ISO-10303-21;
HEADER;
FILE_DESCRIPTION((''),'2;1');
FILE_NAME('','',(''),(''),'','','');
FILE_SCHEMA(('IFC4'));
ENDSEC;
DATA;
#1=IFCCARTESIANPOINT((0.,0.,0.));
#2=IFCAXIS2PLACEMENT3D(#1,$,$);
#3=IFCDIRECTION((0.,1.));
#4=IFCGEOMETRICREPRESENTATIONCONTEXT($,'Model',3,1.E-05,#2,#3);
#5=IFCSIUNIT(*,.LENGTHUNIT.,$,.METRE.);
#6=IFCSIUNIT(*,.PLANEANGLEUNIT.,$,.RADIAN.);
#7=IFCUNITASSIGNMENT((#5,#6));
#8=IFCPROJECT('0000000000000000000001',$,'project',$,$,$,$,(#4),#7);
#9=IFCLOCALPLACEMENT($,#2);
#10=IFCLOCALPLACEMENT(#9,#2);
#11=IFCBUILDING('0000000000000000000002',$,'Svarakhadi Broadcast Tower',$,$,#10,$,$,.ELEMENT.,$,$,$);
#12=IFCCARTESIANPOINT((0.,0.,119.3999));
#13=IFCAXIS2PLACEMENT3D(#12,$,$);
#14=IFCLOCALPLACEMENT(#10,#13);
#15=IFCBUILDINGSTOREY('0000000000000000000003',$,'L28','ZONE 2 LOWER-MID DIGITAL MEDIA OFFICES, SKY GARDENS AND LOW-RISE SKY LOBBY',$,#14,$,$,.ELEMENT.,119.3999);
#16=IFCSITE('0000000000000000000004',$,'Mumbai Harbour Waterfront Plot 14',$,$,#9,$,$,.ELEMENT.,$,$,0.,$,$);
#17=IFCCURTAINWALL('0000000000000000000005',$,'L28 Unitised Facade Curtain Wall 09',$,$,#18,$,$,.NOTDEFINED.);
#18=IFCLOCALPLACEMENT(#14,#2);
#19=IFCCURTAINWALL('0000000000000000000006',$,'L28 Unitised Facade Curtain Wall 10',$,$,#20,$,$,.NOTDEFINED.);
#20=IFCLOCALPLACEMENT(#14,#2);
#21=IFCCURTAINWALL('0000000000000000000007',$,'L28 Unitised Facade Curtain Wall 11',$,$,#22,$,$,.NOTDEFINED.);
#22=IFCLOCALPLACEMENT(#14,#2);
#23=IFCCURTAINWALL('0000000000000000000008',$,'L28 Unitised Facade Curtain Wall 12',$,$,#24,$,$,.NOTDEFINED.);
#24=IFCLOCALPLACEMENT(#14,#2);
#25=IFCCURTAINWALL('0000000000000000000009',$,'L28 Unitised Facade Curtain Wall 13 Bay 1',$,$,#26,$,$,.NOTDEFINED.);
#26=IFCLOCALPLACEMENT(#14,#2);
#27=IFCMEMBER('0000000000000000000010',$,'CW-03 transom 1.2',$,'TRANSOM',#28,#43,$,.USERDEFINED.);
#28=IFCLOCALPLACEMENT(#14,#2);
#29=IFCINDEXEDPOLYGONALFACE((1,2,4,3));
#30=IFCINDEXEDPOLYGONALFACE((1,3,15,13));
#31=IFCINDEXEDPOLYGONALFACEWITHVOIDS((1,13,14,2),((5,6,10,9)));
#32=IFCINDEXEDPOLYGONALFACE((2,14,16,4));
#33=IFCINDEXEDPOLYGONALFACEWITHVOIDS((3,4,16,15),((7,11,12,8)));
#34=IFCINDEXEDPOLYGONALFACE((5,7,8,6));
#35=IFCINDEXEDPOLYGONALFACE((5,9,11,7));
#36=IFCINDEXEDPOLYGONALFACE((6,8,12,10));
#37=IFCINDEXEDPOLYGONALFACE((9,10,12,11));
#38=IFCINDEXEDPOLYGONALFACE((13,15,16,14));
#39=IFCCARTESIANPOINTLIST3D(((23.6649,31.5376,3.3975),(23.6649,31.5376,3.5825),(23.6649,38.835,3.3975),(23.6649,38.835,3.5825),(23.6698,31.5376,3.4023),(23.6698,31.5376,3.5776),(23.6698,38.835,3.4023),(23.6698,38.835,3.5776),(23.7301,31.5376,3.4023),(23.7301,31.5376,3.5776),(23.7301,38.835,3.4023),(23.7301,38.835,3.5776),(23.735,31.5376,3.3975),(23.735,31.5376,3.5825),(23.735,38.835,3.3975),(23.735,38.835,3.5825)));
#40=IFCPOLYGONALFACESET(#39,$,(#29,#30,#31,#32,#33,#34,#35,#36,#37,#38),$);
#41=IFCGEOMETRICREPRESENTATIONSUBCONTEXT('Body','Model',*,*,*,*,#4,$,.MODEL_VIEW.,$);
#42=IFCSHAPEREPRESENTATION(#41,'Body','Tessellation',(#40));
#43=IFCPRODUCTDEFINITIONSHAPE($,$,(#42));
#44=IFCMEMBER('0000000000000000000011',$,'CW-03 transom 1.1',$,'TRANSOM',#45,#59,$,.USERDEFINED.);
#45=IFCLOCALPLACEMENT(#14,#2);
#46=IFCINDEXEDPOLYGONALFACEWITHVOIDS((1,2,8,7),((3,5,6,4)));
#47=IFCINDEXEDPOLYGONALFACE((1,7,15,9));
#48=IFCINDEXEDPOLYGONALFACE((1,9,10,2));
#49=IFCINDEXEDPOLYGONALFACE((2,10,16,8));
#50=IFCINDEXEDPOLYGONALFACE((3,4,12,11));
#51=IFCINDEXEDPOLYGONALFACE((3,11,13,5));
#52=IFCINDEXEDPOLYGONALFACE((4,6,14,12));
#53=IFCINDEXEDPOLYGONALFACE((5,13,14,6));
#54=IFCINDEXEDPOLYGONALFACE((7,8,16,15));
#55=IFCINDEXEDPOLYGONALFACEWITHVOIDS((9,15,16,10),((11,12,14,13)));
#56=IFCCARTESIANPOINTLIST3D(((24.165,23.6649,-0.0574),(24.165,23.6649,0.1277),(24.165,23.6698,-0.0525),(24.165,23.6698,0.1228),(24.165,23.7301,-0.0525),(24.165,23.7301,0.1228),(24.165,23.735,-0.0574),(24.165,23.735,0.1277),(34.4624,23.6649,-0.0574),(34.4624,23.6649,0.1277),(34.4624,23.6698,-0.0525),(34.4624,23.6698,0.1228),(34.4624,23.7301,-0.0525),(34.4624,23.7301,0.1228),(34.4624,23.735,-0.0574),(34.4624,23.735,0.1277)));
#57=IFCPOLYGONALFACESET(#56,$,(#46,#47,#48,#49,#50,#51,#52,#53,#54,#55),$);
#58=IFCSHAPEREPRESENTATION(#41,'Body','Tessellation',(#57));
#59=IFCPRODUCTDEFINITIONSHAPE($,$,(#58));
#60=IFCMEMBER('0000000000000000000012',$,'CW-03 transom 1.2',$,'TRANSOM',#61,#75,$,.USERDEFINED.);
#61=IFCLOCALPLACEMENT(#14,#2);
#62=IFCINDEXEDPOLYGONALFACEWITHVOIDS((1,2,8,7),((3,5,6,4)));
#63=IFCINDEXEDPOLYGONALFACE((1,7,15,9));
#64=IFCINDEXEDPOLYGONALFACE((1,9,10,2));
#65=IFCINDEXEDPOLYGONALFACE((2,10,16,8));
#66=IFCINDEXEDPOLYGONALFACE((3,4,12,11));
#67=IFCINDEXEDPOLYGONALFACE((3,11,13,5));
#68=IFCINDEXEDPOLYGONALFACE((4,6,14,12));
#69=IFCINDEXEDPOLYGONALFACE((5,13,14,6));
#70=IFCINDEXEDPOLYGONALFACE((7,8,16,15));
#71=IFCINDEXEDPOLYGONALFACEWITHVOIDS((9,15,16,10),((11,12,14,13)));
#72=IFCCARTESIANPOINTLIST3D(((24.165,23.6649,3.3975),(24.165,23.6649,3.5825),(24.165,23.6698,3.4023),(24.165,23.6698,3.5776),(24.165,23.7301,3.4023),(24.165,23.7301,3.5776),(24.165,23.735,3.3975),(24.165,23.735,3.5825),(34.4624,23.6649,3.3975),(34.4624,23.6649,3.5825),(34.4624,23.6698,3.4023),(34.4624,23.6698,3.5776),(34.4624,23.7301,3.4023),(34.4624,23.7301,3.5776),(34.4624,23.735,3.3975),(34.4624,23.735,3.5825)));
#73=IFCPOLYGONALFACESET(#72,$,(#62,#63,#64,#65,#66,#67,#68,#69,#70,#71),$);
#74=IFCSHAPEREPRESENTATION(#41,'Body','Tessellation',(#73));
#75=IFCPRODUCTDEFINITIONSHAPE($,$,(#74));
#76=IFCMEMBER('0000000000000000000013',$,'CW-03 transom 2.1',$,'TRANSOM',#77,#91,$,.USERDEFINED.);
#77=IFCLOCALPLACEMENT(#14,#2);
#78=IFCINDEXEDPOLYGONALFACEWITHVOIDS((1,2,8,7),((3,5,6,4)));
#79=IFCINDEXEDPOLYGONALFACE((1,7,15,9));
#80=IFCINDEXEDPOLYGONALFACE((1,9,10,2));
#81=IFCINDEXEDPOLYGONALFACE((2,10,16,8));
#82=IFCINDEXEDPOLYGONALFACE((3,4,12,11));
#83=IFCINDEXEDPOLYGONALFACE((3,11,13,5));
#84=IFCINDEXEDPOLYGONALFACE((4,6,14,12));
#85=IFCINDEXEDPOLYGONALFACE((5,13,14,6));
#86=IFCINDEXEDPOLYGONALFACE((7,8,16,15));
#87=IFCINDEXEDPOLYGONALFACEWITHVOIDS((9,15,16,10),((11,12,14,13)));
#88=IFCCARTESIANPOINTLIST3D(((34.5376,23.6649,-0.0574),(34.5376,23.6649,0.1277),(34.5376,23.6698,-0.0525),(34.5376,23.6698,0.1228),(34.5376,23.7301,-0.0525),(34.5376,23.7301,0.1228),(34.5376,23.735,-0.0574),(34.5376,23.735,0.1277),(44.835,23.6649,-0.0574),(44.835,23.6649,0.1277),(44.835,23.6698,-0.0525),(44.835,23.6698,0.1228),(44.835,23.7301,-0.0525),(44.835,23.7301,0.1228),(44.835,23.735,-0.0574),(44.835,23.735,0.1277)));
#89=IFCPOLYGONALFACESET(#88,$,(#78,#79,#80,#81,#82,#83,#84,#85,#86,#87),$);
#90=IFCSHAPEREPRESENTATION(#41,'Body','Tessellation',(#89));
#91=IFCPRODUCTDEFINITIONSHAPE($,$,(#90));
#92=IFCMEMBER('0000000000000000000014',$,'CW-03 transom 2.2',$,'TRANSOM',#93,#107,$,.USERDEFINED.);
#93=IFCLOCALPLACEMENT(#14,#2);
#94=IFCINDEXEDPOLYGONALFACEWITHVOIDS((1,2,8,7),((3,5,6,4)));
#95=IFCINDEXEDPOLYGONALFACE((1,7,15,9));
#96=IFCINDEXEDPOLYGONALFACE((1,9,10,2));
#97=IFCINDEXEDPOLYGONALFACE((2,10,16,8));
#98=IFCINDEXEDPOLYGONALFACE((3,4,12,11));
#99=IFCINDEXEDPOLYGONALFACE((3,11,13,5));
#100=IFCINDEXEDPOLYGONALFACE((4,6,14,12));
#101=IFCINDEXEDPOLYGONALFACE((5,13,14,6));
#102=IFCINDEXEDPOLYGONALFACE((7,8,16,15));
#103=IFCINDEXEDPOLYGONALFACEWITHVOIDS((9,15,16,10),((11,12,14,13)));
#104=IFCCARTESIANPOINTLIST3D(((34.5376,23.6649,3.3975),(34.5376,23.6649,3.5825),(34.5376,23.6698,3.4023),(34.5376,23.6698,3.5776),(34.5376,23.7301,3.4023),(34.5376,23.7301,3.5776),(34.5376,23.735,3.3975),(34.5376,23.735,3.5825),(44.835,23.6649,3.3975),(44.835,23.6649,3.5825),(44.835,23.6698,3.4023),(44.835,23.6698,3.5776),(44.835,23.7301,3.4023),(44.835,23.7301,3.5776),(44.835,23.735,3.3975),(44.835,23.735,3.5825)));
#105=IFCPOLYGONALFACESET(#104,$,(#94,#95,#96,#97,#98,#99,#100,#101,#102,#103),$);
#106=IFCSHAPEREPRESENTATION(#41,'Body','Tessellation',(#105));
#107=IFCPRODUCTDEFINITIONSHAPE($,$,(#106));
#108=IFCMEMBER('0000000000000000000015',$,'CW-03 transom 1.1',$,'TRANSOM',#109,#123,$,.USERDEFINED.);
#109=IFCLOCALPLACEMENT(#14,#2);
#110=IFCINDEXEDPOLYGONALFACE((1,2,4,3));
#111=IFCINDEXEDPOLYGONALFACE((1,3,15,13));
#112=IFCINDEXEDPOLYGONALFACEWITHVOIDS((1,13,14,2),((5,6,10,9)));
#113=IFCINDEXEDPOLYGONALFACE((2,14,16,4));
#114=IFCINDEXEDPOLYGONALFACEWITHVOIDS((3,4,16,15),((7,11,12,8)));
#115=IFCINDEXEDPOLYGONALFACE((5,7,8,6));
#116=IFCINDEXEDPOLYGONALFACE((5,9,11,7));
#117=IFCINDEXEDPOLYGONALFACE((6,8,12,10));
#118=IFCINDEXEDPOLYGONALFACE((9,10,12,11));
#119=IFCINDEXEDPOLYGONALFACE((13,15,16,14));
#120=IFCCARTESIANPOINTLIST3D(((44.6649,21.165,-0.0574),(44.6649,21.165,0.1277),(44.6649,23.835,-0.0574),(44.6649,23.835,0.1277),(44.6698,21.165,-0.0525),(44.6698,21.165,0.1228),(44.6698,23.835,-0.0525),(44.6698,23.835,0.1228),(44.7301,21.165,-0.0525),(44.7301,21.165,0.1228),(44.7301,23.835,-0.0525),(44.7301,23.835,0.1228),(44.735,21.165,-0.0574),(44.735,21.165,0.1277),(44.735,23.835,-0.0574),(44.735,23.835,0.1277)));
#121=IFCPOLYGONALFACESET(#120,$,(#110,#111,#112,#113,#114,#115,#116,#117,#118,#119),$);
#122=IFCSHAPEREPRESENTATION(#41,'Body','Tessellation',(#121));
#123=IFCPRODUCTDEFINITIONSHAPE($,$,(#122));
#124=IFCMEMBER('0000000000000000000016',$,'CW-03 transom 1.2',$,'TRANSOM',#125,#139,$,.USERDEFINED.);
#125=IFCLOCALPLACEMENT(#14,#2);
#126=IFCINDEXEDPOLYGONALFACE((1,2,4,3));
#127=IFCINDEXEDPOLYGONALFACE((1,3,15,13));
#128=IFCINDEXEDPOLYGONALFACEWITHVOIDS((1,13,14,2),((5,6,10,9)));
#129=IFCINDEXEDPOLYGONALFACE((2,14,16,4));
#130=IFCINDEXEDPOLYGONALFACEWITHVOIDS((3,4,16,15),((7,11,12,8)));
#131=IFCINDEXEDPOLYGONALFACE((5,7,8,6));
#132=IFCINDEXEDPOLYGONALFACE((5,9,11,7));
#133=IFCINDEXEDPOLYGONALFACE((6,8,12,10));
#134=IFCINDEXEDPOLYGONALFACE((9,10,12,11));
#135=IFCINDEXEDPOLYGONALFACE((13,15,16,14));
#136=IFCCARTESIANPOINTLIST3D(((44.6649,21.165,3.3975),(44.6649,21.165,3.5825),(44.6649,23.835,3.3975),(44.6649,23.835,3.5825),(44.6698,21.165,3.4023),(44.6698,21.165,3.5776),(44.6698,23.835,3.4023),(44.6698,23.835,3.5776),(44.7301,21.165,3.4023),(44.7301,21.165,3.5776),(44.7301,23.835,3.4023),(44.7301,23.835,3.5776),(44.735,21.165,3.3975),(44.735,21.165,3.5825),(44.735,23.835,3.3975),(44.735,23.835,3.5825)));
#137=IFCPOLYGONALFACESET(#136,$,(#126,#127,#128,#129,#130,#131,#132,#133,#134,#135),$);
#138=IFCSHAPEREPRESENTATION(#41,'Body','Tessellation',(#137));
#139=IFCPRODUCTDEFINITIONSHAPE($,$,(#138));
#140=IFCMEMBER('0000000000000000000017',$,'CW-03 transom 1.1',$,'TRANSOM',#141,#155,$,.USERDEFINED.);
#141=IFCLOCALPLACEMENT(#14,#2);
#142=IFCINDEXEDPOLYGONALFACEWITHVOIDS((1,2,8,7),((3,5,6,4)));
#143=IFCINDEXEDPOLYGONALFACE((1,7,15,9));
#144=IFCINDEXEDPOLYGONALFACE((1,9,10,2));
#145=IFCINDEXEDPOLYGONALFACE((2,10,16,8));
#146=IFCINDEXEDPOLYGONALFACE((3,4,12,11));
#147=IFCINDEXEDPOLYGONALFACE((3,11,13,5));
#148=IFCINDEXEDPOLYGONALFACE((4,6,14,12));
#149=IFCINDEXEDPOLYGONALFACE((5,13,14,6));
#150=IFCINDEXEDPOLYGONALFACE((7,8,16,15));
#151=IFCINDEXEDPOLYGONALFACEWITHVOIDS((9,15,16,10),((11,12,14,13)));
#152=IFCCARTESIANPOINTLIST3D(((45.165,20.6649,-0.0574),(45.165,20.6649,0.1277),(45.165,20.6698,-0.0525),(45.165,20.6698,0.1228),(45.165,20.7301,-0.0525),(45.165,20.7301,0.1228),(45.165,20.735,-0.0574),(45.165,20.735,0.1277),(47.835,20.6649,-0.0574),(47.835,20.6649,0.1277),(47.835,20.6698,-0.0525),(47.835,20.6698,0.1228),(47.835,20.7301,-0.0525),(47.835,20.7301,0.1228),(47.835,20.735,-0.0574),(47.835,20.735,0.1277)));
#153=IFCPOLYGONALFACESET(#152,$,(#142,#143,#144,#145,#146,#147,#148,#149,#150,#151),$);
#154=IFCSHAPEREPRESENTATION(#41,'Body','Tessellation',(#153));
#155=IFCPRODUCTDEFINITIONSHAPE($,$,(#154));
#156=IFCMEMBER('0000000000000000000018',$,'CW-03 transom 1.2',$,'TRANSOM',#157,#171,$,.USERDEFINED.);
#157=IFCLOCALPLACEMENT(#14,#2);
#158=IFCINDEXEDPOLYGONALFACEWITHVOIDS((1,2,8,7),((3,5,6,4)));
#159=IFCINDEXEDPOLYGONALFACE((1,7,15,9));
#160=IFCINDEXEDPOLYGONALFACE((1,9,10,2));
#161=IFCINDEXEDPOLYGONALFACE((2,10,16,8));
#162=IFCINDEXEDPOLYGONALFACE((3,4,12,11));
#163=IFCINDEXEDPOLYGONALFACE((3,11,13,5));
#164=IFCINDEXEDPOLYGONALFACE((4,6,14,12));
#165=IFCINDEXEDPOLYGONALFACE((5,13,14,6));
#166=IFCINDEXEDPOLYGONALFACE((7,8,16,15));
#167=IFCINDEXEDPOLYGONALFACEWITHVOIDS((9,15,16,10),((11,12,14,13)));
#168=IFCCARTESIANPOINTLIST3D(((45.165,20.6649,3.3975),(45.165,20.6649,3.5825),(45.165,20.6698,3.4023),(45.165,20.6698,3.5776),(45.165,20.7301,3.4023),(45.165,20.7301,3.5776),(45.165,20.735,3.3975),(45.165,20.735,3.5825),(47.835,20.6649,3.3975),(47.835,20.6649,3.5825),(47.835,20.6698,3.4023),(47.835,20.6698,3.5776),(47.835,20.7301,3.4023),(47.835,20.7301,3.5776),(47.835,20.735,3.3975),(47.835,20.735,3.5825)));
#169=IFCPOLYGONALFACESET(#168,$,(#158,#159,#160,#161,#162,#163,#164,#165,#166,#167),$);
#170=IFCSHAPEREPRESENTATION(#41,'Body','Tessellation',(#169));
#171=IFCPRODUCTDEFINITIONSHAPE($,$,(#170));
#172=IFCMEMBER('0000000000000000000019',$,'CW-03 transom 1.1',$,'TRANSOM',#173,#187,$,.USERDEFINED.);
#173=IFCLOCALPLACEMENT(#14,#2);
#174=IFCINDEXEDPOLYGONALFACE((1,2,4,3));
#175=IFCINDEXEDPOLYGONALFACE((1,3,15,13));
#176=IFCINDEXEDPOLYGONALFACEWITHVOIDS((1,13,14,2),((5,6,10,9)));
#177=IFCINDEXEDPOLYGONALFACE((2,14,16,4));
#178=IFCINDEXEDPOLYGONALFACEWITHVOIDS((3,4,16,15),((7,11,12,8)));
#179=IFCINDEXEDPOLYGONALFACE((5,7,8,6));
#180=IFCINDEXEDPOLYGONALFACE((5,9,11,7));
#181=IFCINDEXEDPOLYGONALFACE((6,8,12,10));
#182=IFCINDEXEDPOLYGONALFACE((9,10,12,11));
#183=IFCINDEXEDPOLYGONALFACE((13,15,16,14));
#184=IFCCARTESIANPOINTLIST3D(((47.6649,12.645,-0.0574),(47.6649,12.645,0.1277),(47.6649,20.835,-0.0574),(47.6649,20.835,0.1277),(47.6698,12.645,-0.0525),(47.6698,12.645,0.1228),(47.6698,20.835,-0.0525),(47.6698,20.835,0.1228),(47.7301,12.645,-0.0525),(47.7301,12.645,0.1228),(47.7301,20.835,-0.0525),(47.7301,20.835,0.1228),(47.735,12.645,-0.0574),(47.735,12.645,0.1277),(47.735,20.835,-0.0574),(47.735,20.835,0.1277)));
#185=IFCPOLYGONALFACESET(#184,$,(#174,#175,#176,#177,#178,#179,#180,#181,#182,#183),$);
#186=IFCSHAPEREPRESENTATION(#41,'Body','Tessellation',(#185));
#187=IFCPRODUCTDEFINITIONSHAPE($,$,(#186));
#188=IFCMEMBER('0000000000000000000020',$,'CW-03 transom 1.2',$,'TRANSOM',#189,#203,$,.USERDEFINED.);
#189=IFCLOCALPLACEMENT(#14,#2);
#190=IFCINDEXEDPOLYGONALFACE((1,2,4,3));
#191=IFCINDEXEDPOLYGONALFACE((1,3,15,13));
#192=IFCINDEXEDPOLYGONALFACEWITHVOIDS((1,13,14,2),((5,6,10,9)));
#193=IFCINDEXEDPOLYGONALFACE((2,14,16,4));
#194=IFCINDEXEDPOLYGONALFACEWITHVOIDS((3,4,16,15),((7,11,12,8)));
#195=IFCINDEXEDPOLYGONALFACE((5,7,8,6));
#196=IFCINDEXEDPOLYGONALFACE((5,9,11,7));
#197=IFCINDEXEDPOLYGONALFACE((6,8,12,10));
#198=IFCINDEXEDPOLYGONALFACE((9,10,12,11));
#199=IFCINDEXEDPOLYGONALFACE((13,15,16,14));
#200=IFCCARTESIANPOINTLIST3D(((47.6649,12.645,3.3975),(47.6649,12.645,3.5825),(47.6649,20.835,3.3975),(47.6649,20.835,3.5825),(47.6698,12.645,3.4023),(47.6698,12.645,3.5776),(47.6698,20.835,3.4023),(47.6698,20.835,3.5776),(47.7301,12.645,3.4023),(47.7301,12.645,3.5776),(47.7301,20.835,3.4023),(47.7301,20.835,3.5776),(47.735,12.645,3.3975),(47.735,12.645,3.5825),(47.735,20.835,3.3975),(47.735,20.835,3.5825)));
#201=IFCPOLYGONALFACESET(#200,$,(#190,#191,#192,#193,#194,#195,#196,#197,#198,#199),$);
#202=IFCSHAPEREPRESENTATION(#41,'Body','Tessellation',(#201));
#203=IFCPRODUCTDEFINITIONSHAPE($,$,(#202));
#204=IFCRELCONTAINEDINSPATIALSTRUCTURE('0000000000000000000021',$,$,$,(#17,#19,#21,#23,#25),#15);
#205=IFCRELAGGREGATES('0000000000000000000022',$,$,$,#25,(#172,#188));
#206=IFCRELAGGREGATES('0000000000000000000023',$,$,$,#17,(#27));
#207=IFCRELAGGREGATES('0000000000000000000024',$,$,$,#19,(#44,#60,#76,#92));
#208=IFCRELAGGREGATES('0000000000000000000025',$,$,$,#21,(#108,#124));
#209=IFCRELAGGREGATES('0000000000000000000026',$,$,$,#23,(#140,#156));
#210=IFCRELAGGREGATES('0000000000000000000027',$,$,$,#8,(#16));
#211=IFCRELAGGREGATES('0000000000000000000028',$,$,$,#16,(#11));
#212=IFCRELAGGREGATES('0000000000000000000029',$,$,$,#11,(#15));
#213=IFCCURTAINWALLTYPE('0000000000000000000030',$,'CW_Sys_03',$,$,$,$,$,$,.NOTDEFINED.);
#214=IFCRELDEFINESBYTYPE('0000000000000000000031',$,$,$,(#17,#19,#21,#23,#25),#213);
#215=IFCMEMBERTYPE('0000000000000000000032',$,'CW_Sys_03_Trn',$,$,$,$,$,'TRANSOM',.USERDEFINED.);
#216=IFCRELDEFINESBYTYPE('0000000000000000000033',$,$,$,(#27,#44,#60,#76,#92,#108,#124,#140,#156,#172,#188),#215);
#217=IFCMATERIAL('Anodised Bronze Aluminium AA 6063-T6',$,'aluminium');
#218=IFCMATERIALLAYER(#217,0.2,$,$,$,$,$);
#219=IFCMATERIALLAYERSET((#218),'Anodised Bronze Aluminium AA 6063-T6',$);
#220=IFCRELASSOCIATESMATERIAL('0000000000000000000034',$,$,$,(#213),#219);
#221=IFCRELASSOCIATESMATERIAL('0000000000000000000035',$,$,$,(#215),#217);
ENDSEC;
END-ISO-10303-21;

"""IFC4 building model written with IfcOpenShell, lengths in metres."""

from ifc_helpers import new_model, si_unit, direction, frame, origin, origin_2d, place, context, subcontext, project, spatial, hollow_rectangle, extrude, material, layer, layer_set, material_profile, profile_set, type_object, element, aggregate, save


model = new_model("IFC4")

# Units and contexts
model_context = context("Model", 3, precision=1e-05, world=origin(), true_north=direction((0.0, 1.0)))
body_context = subcontext(model_context, "Body", "Model", "MODEL_VIEW")
ifc_project = project(units=[si_unit("LENGTHUNIT", "METRE"), si_unit("PLANEANGLEUNIT", "RADIAN")], contexts=[model_context])

# Site, building, storey
site_placement = place(None, origin())
site = spatial("IfcSite", under=ifc_project, at=site_placement, Name="Mumbai Harbour Waterfront Plot 14", CompositionType="ELEMENT", RefElevation=0.0)
building_placement = place(site_placement, origin())
building = spatial("IfcBuilding", under=site, at=building_placement, Name="Svarakhadi Broadcast Tower", CompositionType="ELEMENT")
storey_placement = place(building_placement, frame((0.0, 0.0, 119.3999)))
storey = spatial("IfcBuildingStorey", under=building, at=storey_placement, Name="L28", Description="ZONE 2 LOWER-MID DIGITAL MEDIA OFFICES, SKY GARDENS AND LOW-RISE SKY LOBBY", CompositionType="ELEMENT", Elevation=119.3999)

# Curtain wall
ifc_material_1 = material(Name="Anodised Bronze Aluminium AA 6063-T6", Category="aluminium")
ifc_layer_1 = layer(ifc_material_1, 0.2)
ifc_layer_set_1 = layer_set([ifc_layer_1], Name="Anodised Bronze Aluminium AA 6063-T6")
curtain_wall_type = type_object("IfcCurtainWallType", Name="CW_Sys_03", PredefinedType="NOTDEFINED", material=ifc_layer_set_1)
curtain_wall_1_placement = place(storey_placement, origin())
curtain_wall_1 = element("IfcCurtainWall", 1, at=curtain_wall_1_placement, inside=storey, type_object=curtain_wall_type, Name="L28 Unitised Facade Curtain Wall 09", PredefinedType="NOTDEFINED")

# Curtain walls
curtain_wall_2_placement = place(storey_placement, origin())
curtain_wall_2 = element("IfcCurtainWall", 2, at=curtain_wall_2_placement, inside=storey, type_object=curtain_wall_type, Name="L28 Unitised Facade Curtain Wall 10", PredefinedType="NOTDEFINED")
curtain_wall_3_placement = place(storey_placement, origin())
curtain_wall_3 = element("IfcCurtainWall", 3, at=curtain_wall_3_placement, inside=storey, type_object=curtain_wall_type, Name="L28 Unitised Facade Curtain Wall 11", PredefinedType="NOTDEFINED")
curtain_wall_4_placement = place(storey_placement, origin())
curtain_wall_4 = element("IfcCurtainWall", 4, at=curtain_wall_4_placement, inside=storey, type_object=curtain_wall_type, Name="L28 Unitised Facade Curtain Wall 12", PredefinedType="NOTDEFINED")

# Curtain wall
curtain_wall_5_placement = place(storey_placement, origin())
curtain_wall_5 = element("IfcCurtainWall", 5, at=curtain_wall_5_placement, inside=storey, type_object=curtain_wall_type, Name="L28 Unitised Facade Curtain Wall 13 Bay 1", PredefinedType="NOTDEFINED")

# Members
ifc_material_profile_1 = material_profile(ifc_material_1, hollow_rectangle(XDim=0.0701, YDim=0.1851, WallThickness=0.0049, at=origin_2d()), Name="ALU TRANSOM 185x70x5")
ifc_profile_set_1 = profile_set([ifc_material_profile_1], Name="Anodised Bronze Aluminium AA 6063-T6")
member_type_1 = type_object("IfcMemberType", Name="CW_Sys_03_Trn", ElementType="TRANSOM", PredefinedType="USERDEFINED", material=ifc_profile_set_1)
member_1_placement = place(storey_placement, frame((23.7, 38.835, 3.49), z_axis=(0.0, -1.0, 0.0), x_axis=(1.0, 0.0, 0.0)))
member_1 = element("IfcMember", 6, at=member_1_placement, type_object=member_type_1, Name="CW-03 transom 1.2", ObjectType="TRANSOM", PredefinedType="USERDEFINED", context=body_context, shape_type="SweptSolid", body=[
    extrude(hollow_rectangle(XDim=0.0701, YDim=0.1851, WallThickness=0.0049, at=origin_2d()), origin(), (0.0, 0.0, 1.0), 7.2974),
])
member_2_placement = place(storey_placement, frame((24.165, 23.7, 0.0352), z_axis=(1.0, 0.0, 0.0), x_axis=(0.0, 1.0, 0.0)))
member_2 = element("IfcMember", 7, at=member_2_placement, type_object=member_type_1, Name="CW-03 transom 1.1", ObjectType="TRANSOM", PredefinedType="USERDEFINED", context=body_context, shape_type="SweptSolid", body=[
    extrude(hollow_rectangle(XDim=0.0701, YDim=0.1851, WallThickness=0.0049, at=origin_2d()), origin(), (0.0, 0.0, 1.0), 10.2974),
])
member_3_placement = place(storey_placement, frame((24.165, 23.7, 3.49), z_axis=(1.0, 0.0, 0.0), x_axis=(0.0, 1.0, 0.0)))
member_3 = element("IfcMember", 8, at=member_3_placement, type_object=member_type_1, Name="CW-03 transom 1.2", ObjectType="TRANSOM", PredefinedType="USERDEFINED", context=body_context, shape_type="SweptSolid", body=[
    extrude(hollow_rectangle(XDim=0.0701, YDim=0.1851, WallThickness=0.0049, at=origin_2d()), origin(), (0.0, 0.0, 1.0), 10.2974),
])
member_4_placement = place(storey_placement, frame((34.5376, 23.7, 0.0352), z_axis=(1.0, 0.0, 0.0), x_axis=(0.0, 1.0, 0.0)))
member_4 = element("IfcMember", 9, at=member_4_placement, type_object=member_type_1, Name="CW-03 transom 2.1", ObjectType="TRANSOM", PredefinedType="USERDEFINED", context=body_context, shape_type="SweptSolid", body=[
    extrude(hollow_rectangle(XDim=0.0701, YDim=0.1851, WallThickness=0.0049, at=origin_2d()), origin(), (0.0, 0.0, 1.0), 10.2974),
])
member_5_placement = place(storey_placement, frame((34.5376, 23.7, 3.49), z_axis=(1.0, 0.0, 0.0), x_axis=(0.0, 1.0, 0.0)))
member_5 = element("IfcMember", 10, at=member_5_placement, type_object=member_type_1, Name="CW-03 transom 2.2", ObjectType="TRANSOM", PredefinedType="USERDEFINED", context=body_context, shape_type="SweptSolid", body=[
    extrude(hollow_rectangle(XDim=0.0701, YDim=0.1851, WallThickness=0.0049, at=origin_2d()), origin(), (0.0, 0.0, 1.0), 10.2974),
])
member_6_placement = place(storey_placement, frame((44.7, 23.835, 0.0352), z_axis=(0.0, -1.0, 0.0), x_axis=(1.0, 0.0, 0.0)))
member_6 = element("IfcMember", 11, at=member_6_placement, type_object=member_type_1, Name="CW-03 transom 1.1", ObjectType="TRANSOM", PredefinedType="USERDEFINED", context=body_context, shape_type="SweptSolid", body=[
    extrude(hollow_rectangle(XDim=0.0701, YDim=0.1851, WallThickness=0.0049, at=origin_2d()), origin(), (0.0, 0.0, 1.0), 2.6699),
])
member_7_placement = place(storey_placement, frame((44.7, 23.835, 3.49), z_axis=(0.0, -1.0, 0.0), x_axis=(1.0, 0.0, 0.0)))
member_7 = element("IfcMember", 12, at=member_7_placement, type_object=member_type_1, Name="CW-03 transom 1.2", ObjectType="TRANSOM", PredefinedType="USERDEFINED", context=body_context, shape_type="SweptSolid", body=[
    extrude(hollow_rectangle(XDim=0.0701, YDim=0.1851, WallThickness=0.0049, at=origin_2d()), origin(), (0.0, 0.0, 1.0), 2.6699),
])
member_8_placement = place(storey_placement, frame((45.165, 20.7, 0.0352), z_axis=(1.0, 0.0, 0.0), x_axis=(0.0, 1.0, 0.0)))
member_8 = element("IfcMember", 13, at=member_8_placement, type_object=member_type_1, Name="CW-03 transom 1.1", ObjectType="TRANSOM", PredefinedType="USERDEFINED", context=body_context, shape_type="SweptSolid", body=[
    extrude(hollow_rectangle(XDim=0.0701, YDim=0.1851, WallThickness=0.0049, at=origin_2d()), origin(), (0.0, 0.0, 1.0), 2.6699),
])
member_9_placement = place(storey_placement, frame((45.165, 20.7, 3.49), z_axis=(1.0, 0.0, 0.0), x_axis=(0.0, 1.0, 0.0)))
member_9 = element("IfcMember", 14, at=member_9_placement, type_object=member_type_1, Name="CW-03 transom 1.2", ObjectType="TRANSOM", PredefinedType="USERDEFINED", context=body_context, shape_type="SweptSolid", body=[
    extrude(hollow_rectangle(XDim=0.0701, YDim=0.1851, WallThickness=0.0049, at=origin_2d()), origin(), (0.0, 0.0, 1.0), 2.6699),
])
member_10_placement = place(storey_placement, frame((47.7, 20.835, 0.0352), z_axis=(0.0, -1.0, 0.0), x_axis=(1.0, 0.0, 0.0)))
member_10 = element("IfcMember", 15, at=member_10_placement, type_object=member_type_1, Name="CW-03 transom 1.1", ObjectType="TRANSOM", PredefinedType="USERDEFINED", context=body_context, shape_type="SweptSolid", body=[
    extrude(hollow_rectangle(XDim=0.0701, YDim=0.1851, WallThickness=0.0049, at=origin_2d()), origin(), (0.0, 0.0, 1.0), 8.1899),
])
member_11_placement = place(storey_placement, frame((47.7, 20.835, 3.49), z_axis=(0.0, -1.0, 0.0), x_axis=(1.0, 0.0, 0.0)))
member_11 = element("IfcMember", 16, at=member_11_placement, type_object=member_type_1, Name="CW-03 transom 1.2", ObjectType="TRANSOM", PredefinedType="USERDEFINED", context=body_context, shape_type="SweptSolid", body=[
    extrude(hollow_rectangle(XDim=0.0701, YDim=0.1851, WallThickness=0.0049, at=origin_2d()), origin(), (0.0, 0.0, 1.0), 8.1899),
])
aggregate(curtain_wall_5, [member_10, member_11])

aggregate(curtain_wall_1, [member_1])
aggregate(curtain_wall_2, [member_2, member_3, member_4, member_5])
aggregate(curtain_wall_3, [member_6, member_7])
aggregate(curtain_wall_4, [member_8, member_9])

save(model, "model.ifc")
